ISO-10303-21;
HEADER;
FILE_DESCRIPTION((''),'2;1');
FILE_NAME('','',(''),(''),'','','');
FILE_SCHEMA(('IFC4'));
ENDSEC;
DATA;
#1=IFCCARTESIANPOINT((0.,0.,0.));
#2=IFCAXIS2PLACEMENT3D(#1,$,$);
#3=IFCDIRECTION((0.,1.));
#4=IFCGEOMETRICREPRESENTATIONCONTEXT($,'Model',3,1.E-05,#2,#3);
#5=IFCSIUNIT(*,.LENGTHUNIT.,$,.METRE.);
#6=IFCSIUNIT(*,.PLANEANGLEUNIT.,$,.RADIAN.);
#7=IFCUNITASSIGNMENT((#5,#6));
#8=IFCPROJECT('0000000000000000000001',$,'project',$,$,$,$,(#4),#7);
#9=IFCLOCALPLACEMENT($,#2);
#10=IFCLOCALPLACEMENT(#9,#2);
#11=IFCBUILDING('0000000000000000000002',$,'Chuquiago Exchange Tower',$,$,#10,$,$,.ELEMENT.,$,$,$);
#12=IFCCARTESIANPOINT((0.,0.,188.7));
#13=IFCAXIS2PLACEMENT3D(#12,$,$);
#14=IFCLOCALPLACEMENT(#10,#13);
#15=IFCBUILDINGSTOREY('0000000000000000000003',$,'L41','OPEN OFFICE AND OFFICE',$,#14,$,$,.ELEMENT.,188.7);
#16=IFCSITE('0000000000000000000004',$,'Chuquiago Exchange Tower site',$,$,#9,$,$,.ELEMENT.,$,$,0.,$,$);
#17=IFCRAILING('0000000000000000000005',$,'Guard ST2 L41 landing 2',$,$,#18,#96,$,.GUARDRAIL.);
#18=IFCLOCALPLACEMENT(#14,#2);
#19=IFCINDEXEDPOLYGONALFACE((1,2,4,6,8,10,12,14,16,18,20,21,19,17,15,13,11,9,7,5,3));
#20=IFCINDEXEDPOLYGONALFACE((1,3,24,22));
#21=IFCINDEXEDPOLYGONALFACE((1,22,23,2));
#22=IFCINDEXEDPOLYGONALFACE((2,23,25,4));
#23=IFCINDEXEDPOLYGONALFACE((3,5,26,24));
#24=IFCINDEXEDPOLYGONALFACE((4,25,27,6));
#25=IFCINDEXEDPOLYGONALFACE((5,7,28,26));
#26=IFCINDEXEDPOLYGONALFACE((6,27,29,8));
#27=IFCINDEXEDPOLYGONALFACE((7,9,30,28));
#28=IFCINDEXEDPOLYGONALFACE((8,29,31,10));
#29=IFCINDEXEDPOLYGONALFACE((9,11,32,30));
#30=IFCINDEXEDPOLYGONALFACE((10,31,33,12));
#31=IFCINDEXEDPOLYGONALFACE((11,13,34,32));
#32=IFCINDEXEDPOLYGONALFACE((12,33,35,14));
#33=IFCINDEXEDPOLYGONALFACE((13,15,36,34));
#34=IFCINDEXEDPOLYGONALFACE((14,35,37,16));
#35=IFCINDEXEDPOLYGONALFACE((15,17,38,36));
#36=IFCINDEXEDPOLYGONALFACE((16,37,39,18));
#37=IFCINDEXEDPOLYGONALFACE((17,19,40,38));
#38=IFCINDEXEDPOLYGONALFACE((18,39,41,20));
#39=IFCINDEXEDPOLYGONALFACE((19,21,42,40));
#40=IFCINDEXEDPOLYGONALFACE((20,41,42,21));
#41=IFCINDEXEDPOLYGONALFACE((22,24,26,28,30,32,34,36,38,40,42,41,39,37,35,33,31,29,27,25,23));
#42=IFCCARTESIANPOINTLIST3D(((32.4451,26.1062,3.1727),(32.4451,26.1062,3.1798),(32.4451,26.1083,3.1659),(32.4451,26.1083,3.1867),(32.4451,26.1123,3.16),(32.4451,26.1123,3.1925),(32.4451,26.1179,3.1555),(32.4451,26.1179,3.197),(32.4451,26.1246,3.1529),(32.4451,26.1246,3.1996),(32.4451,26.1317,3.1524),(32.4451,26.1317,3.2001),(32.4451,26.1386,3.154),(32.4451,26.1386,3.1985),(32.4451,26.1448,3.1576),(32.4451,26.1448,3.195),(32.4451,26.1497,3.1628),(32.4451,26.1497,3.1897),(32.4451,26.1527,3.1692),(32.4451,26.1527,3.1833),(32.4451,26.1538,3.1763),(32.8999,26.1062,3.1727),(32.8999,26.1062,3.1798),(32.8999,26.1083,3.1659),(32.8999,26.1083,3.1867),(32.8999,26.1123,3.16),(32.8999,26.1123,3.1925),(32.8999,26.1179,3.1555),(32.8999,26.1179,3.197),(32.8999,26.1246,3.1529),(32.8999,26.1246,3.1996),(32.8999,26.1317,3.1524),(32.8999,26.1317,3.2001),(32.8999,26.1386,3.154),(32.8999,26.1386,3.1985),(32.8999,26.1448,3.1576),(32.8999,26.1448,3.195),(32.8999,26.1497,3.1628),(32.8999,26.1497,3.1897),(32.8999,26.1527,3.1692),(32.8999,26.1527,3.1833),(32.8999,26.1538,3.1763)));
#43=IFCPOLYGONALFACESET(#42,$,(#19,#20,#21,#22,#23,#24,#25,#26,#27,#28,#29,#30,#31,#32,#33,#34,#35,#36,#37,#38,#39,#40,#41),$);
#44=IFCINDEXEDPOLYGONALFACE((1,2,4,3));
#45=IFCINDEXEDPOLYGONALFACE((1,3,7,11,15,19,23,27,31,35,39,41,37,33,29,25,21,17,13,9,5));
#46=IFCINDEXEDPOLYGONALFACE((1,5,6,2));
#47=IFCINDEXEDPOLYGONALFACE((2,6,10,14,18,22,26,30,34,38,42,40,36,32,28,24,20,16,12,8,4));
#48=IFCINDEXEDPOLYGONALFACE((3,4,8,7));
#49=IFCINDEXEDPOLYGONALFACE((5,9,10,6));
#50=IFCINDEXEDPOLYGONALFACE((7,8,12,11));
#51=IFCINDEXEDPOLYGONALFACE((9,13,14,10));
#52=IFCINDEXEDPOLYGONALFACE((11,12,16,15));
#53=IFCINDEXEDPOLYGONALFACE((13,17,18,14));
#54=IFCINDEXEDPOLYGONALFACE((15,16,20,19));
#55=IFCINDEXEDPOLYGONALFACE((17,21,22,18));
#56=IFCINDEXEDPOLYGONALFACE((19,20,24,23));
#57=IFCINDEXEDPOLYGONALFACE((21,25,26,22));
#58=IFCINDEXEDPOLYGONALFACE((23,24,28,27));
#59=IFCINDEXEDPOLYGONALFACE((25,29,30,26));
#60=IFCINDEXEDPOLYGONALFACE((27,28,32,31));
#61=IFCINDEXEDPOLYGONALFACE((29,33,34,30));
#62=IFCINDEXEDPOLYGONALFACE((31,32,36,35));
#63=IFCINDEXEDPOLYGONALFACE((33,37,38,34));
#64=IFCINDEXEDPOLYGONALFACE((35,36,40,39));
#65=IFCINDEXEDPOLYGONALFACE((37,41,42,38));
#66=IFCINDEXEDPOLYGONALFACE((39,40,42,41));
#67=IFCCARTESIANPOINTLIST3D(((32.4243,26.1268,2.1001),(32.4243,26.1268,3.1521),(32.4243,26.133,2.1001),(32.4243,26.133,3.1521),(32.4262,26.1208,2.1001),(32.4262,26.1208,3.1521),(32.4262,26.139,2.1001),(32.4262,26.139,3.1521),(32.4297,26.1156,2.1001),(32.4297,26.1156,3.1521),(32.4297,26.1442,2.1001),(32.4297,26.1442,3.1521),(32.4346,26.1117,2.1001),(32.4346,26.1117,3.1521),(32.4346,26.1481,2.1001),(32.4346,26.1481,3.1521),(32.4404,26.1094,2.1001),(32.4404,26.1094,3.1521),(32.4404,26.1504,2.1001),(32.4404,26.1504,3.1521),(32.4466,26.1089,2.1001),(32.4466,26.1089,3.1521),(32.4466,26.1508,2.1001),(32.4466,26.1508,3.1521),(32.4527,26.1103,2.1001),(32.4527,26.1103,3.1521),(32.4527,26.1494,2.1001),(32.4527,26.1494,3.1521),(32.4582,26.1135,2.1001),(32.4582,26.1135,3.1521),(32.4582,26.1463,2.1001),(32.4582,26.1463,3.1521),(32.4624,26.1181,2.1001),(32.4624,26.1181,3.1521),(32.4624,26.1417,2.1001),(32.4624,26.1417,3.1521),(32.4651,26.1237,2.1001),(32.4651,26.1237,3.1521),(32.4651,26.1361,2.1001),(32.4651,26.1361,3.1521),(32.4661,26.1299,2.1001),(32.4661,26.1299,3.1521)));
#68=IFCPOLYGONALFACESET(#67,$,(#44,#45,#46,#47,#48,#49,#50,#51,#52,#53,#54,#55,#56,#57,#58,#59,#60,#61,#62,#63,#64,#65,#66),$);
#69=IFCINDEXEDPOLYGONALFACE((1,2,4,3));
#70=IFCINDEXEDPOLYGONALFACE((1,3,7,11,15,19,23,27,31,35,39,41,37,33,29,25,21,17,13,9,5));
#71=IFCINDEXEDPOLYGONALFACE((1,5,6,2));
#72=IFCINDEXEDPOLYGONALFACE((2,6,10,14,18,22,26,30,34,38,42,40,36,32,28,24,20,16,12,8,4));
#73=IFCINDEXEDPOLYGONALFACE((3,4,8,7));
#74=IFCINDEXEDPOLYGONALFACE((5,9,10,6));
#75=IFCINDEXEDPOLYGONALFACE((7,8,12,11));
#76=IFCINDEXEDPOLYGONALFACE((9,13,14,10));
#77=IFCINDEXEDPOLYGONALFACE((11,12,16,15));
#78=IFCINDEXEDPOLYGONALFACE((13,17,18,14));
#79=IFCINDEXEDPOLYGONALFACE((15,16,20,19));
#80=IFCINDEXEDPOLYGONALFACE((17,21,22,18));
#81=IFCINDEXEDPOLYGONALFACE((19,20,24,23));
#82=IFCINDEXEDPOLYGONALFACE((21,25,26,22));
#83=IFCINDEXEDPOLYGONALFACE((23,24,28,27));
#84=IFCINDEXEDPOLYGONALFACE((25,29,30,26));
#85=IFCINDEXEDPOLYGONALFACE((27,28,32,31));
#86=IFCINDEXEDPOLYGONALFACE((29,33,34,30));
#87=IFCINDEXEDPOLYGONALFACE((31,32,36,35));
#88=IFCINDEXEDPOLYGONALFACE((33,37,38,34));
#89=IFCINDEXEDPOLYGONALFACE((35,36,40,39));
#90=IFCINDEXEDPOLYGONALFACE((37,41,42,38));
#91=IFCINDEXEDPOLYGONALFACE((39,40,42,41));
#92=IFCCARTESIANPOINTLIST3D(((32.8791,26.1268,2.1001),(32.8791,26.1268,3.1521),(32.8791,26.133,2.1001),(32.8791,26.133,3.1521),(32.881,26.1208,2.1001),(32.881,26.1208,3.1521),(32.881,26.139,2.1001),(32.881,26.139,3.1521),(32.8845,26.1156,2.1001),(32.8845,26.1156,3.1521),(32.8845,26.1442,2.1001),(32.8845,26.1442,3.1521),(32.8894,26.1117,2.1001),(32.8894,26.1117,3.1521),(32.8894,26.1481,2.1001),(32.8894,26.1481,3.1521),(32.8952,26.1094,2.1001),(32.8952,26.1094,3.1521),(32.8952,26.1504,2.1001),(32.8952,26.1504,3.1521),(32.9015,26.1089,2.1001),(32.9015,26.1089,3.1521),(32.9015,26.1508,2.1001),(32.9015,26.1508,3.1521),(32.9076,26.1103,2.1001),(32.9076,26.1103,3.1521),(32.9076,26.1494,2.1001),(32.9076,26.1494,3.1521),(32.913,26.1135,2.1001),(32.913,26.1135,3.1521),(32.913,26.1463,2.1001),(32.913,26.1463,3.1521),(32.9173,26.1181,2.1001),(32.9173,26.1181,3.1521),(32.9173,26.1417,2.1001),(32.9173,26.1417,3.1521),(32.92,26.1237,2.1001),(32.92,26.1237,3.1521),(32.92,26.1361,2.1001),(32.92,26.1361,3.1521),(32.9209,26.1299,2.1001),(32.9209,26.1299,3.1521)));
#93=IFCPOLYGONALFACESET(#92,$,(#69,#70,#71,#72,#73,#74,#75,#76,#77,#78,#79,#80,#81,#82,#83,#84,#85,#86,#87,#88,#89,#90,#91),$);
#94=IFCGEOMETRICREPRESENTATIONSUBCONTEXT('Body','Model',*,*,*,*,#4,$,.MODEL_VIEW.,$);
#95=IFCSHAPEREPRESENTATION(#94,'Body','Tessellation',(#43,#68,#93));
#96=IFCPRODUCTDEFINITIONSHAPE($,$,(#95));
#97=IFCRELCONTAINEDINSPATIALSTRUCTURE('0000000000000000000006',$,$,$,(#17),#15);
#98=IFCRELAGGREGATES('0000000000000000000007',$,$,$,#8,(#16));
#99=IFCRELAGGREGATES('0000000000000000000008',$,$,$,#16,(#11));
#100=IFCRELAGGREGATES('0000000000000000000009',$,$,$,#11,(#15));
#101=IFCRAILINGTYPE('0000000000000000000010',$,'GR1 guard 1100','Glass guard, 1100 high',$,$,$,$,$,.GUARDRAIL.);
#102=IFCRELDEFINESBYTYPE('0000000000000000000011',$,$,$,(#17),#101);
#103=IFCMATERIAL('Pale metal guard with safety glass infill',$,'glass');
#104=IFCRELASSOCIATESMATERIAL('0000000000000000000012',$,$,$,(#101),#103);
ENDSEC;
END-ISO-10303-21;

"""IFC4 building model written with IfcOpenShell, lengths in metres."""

from ifc_helpers import new_model, si_unit, direction, frame, origin, origin_2d, place, context, subcontext, project, spatial, circle, extrude, material, type_object, element, save


model = new_model("IFC4")

# Units and contexts
model_context = context("Model", 3, precision=1e-05, world=origin(), true_north=direction((0.0, 1.0)))
body_context = subcontext(model_context, "Body", "Model", "MODEL_VIEW")
ifc_project = project(units=[si_unit("LENGTHUNIT", "METRE"), si_unit("PLANEANGLEUNIT", "RADIAN")], contexts=[model_context])

# Site, building, storey
site_placement = place(None, origin())
site = spatial("IfcSite", under=ifc_project, at=site_placement, Name="Chuquiago Exchange Tower site", CompositionType="ELEMENT", RefElevation=0.0)
building_placement = place(site_placement, origin())
building = spatial("IfcBuilding", under=site, at=building_placement, Name="Chuquiago Exchange Tower", CompositionType="ELEMENT")
storey_placement = place(building_placement, frame((0.0, 0.0, 188.7)))
storey = spatial("IfcBuildingStorey", under=building, at=storey_placement, Name="L41", Description="OPEN OFFICE AND OFFICE", CompositionType="ELEMENT", Elevation=188.7)

# Railing
ifc_material_1 = material(Name="Pale metal guard with safety glass infill", Category="glass")
railing_type_1 = type_object("IfcRailingType", Name="GR1 guard 1100", Description="Glass guard, 1100 high", PredefinedType="GUARDRAIL", material=ifc_material_1)
railing_1_placement = place(storey_placement, frame((32.4451, 26.1299, 2.1001)))
element("IfcRailing", 1, at=railing_1_placement, inside=storey, type_object=railing_type_1, Name="Guard ST2 L41 landing 2", PredefinedType="GUARDRAIL", context=body_context, shape_type="SweptSolid", body=[
    extrude(circle(Radius=0.0239, at=origin_2d()), frame((0.0, 0.0, 1.0762), z_axis=(1.0, 0.0, 0.0), x_axis=(0.0, 1.0, 0.0)), (0.0, 0.0, 1.0), 0.4548),
    extrude(circle(Radius=0.021, at=origin_2d()), origin(), (0.0, 0.0, 1.0), 1.052),
    extrude(circle(Radius=0.021, at=origin_2d()), frame((0.4548, 0.0, 0.0)), (0.0, 0.0, 1.0), 1.052),
])

save(model, "model.ifc")
